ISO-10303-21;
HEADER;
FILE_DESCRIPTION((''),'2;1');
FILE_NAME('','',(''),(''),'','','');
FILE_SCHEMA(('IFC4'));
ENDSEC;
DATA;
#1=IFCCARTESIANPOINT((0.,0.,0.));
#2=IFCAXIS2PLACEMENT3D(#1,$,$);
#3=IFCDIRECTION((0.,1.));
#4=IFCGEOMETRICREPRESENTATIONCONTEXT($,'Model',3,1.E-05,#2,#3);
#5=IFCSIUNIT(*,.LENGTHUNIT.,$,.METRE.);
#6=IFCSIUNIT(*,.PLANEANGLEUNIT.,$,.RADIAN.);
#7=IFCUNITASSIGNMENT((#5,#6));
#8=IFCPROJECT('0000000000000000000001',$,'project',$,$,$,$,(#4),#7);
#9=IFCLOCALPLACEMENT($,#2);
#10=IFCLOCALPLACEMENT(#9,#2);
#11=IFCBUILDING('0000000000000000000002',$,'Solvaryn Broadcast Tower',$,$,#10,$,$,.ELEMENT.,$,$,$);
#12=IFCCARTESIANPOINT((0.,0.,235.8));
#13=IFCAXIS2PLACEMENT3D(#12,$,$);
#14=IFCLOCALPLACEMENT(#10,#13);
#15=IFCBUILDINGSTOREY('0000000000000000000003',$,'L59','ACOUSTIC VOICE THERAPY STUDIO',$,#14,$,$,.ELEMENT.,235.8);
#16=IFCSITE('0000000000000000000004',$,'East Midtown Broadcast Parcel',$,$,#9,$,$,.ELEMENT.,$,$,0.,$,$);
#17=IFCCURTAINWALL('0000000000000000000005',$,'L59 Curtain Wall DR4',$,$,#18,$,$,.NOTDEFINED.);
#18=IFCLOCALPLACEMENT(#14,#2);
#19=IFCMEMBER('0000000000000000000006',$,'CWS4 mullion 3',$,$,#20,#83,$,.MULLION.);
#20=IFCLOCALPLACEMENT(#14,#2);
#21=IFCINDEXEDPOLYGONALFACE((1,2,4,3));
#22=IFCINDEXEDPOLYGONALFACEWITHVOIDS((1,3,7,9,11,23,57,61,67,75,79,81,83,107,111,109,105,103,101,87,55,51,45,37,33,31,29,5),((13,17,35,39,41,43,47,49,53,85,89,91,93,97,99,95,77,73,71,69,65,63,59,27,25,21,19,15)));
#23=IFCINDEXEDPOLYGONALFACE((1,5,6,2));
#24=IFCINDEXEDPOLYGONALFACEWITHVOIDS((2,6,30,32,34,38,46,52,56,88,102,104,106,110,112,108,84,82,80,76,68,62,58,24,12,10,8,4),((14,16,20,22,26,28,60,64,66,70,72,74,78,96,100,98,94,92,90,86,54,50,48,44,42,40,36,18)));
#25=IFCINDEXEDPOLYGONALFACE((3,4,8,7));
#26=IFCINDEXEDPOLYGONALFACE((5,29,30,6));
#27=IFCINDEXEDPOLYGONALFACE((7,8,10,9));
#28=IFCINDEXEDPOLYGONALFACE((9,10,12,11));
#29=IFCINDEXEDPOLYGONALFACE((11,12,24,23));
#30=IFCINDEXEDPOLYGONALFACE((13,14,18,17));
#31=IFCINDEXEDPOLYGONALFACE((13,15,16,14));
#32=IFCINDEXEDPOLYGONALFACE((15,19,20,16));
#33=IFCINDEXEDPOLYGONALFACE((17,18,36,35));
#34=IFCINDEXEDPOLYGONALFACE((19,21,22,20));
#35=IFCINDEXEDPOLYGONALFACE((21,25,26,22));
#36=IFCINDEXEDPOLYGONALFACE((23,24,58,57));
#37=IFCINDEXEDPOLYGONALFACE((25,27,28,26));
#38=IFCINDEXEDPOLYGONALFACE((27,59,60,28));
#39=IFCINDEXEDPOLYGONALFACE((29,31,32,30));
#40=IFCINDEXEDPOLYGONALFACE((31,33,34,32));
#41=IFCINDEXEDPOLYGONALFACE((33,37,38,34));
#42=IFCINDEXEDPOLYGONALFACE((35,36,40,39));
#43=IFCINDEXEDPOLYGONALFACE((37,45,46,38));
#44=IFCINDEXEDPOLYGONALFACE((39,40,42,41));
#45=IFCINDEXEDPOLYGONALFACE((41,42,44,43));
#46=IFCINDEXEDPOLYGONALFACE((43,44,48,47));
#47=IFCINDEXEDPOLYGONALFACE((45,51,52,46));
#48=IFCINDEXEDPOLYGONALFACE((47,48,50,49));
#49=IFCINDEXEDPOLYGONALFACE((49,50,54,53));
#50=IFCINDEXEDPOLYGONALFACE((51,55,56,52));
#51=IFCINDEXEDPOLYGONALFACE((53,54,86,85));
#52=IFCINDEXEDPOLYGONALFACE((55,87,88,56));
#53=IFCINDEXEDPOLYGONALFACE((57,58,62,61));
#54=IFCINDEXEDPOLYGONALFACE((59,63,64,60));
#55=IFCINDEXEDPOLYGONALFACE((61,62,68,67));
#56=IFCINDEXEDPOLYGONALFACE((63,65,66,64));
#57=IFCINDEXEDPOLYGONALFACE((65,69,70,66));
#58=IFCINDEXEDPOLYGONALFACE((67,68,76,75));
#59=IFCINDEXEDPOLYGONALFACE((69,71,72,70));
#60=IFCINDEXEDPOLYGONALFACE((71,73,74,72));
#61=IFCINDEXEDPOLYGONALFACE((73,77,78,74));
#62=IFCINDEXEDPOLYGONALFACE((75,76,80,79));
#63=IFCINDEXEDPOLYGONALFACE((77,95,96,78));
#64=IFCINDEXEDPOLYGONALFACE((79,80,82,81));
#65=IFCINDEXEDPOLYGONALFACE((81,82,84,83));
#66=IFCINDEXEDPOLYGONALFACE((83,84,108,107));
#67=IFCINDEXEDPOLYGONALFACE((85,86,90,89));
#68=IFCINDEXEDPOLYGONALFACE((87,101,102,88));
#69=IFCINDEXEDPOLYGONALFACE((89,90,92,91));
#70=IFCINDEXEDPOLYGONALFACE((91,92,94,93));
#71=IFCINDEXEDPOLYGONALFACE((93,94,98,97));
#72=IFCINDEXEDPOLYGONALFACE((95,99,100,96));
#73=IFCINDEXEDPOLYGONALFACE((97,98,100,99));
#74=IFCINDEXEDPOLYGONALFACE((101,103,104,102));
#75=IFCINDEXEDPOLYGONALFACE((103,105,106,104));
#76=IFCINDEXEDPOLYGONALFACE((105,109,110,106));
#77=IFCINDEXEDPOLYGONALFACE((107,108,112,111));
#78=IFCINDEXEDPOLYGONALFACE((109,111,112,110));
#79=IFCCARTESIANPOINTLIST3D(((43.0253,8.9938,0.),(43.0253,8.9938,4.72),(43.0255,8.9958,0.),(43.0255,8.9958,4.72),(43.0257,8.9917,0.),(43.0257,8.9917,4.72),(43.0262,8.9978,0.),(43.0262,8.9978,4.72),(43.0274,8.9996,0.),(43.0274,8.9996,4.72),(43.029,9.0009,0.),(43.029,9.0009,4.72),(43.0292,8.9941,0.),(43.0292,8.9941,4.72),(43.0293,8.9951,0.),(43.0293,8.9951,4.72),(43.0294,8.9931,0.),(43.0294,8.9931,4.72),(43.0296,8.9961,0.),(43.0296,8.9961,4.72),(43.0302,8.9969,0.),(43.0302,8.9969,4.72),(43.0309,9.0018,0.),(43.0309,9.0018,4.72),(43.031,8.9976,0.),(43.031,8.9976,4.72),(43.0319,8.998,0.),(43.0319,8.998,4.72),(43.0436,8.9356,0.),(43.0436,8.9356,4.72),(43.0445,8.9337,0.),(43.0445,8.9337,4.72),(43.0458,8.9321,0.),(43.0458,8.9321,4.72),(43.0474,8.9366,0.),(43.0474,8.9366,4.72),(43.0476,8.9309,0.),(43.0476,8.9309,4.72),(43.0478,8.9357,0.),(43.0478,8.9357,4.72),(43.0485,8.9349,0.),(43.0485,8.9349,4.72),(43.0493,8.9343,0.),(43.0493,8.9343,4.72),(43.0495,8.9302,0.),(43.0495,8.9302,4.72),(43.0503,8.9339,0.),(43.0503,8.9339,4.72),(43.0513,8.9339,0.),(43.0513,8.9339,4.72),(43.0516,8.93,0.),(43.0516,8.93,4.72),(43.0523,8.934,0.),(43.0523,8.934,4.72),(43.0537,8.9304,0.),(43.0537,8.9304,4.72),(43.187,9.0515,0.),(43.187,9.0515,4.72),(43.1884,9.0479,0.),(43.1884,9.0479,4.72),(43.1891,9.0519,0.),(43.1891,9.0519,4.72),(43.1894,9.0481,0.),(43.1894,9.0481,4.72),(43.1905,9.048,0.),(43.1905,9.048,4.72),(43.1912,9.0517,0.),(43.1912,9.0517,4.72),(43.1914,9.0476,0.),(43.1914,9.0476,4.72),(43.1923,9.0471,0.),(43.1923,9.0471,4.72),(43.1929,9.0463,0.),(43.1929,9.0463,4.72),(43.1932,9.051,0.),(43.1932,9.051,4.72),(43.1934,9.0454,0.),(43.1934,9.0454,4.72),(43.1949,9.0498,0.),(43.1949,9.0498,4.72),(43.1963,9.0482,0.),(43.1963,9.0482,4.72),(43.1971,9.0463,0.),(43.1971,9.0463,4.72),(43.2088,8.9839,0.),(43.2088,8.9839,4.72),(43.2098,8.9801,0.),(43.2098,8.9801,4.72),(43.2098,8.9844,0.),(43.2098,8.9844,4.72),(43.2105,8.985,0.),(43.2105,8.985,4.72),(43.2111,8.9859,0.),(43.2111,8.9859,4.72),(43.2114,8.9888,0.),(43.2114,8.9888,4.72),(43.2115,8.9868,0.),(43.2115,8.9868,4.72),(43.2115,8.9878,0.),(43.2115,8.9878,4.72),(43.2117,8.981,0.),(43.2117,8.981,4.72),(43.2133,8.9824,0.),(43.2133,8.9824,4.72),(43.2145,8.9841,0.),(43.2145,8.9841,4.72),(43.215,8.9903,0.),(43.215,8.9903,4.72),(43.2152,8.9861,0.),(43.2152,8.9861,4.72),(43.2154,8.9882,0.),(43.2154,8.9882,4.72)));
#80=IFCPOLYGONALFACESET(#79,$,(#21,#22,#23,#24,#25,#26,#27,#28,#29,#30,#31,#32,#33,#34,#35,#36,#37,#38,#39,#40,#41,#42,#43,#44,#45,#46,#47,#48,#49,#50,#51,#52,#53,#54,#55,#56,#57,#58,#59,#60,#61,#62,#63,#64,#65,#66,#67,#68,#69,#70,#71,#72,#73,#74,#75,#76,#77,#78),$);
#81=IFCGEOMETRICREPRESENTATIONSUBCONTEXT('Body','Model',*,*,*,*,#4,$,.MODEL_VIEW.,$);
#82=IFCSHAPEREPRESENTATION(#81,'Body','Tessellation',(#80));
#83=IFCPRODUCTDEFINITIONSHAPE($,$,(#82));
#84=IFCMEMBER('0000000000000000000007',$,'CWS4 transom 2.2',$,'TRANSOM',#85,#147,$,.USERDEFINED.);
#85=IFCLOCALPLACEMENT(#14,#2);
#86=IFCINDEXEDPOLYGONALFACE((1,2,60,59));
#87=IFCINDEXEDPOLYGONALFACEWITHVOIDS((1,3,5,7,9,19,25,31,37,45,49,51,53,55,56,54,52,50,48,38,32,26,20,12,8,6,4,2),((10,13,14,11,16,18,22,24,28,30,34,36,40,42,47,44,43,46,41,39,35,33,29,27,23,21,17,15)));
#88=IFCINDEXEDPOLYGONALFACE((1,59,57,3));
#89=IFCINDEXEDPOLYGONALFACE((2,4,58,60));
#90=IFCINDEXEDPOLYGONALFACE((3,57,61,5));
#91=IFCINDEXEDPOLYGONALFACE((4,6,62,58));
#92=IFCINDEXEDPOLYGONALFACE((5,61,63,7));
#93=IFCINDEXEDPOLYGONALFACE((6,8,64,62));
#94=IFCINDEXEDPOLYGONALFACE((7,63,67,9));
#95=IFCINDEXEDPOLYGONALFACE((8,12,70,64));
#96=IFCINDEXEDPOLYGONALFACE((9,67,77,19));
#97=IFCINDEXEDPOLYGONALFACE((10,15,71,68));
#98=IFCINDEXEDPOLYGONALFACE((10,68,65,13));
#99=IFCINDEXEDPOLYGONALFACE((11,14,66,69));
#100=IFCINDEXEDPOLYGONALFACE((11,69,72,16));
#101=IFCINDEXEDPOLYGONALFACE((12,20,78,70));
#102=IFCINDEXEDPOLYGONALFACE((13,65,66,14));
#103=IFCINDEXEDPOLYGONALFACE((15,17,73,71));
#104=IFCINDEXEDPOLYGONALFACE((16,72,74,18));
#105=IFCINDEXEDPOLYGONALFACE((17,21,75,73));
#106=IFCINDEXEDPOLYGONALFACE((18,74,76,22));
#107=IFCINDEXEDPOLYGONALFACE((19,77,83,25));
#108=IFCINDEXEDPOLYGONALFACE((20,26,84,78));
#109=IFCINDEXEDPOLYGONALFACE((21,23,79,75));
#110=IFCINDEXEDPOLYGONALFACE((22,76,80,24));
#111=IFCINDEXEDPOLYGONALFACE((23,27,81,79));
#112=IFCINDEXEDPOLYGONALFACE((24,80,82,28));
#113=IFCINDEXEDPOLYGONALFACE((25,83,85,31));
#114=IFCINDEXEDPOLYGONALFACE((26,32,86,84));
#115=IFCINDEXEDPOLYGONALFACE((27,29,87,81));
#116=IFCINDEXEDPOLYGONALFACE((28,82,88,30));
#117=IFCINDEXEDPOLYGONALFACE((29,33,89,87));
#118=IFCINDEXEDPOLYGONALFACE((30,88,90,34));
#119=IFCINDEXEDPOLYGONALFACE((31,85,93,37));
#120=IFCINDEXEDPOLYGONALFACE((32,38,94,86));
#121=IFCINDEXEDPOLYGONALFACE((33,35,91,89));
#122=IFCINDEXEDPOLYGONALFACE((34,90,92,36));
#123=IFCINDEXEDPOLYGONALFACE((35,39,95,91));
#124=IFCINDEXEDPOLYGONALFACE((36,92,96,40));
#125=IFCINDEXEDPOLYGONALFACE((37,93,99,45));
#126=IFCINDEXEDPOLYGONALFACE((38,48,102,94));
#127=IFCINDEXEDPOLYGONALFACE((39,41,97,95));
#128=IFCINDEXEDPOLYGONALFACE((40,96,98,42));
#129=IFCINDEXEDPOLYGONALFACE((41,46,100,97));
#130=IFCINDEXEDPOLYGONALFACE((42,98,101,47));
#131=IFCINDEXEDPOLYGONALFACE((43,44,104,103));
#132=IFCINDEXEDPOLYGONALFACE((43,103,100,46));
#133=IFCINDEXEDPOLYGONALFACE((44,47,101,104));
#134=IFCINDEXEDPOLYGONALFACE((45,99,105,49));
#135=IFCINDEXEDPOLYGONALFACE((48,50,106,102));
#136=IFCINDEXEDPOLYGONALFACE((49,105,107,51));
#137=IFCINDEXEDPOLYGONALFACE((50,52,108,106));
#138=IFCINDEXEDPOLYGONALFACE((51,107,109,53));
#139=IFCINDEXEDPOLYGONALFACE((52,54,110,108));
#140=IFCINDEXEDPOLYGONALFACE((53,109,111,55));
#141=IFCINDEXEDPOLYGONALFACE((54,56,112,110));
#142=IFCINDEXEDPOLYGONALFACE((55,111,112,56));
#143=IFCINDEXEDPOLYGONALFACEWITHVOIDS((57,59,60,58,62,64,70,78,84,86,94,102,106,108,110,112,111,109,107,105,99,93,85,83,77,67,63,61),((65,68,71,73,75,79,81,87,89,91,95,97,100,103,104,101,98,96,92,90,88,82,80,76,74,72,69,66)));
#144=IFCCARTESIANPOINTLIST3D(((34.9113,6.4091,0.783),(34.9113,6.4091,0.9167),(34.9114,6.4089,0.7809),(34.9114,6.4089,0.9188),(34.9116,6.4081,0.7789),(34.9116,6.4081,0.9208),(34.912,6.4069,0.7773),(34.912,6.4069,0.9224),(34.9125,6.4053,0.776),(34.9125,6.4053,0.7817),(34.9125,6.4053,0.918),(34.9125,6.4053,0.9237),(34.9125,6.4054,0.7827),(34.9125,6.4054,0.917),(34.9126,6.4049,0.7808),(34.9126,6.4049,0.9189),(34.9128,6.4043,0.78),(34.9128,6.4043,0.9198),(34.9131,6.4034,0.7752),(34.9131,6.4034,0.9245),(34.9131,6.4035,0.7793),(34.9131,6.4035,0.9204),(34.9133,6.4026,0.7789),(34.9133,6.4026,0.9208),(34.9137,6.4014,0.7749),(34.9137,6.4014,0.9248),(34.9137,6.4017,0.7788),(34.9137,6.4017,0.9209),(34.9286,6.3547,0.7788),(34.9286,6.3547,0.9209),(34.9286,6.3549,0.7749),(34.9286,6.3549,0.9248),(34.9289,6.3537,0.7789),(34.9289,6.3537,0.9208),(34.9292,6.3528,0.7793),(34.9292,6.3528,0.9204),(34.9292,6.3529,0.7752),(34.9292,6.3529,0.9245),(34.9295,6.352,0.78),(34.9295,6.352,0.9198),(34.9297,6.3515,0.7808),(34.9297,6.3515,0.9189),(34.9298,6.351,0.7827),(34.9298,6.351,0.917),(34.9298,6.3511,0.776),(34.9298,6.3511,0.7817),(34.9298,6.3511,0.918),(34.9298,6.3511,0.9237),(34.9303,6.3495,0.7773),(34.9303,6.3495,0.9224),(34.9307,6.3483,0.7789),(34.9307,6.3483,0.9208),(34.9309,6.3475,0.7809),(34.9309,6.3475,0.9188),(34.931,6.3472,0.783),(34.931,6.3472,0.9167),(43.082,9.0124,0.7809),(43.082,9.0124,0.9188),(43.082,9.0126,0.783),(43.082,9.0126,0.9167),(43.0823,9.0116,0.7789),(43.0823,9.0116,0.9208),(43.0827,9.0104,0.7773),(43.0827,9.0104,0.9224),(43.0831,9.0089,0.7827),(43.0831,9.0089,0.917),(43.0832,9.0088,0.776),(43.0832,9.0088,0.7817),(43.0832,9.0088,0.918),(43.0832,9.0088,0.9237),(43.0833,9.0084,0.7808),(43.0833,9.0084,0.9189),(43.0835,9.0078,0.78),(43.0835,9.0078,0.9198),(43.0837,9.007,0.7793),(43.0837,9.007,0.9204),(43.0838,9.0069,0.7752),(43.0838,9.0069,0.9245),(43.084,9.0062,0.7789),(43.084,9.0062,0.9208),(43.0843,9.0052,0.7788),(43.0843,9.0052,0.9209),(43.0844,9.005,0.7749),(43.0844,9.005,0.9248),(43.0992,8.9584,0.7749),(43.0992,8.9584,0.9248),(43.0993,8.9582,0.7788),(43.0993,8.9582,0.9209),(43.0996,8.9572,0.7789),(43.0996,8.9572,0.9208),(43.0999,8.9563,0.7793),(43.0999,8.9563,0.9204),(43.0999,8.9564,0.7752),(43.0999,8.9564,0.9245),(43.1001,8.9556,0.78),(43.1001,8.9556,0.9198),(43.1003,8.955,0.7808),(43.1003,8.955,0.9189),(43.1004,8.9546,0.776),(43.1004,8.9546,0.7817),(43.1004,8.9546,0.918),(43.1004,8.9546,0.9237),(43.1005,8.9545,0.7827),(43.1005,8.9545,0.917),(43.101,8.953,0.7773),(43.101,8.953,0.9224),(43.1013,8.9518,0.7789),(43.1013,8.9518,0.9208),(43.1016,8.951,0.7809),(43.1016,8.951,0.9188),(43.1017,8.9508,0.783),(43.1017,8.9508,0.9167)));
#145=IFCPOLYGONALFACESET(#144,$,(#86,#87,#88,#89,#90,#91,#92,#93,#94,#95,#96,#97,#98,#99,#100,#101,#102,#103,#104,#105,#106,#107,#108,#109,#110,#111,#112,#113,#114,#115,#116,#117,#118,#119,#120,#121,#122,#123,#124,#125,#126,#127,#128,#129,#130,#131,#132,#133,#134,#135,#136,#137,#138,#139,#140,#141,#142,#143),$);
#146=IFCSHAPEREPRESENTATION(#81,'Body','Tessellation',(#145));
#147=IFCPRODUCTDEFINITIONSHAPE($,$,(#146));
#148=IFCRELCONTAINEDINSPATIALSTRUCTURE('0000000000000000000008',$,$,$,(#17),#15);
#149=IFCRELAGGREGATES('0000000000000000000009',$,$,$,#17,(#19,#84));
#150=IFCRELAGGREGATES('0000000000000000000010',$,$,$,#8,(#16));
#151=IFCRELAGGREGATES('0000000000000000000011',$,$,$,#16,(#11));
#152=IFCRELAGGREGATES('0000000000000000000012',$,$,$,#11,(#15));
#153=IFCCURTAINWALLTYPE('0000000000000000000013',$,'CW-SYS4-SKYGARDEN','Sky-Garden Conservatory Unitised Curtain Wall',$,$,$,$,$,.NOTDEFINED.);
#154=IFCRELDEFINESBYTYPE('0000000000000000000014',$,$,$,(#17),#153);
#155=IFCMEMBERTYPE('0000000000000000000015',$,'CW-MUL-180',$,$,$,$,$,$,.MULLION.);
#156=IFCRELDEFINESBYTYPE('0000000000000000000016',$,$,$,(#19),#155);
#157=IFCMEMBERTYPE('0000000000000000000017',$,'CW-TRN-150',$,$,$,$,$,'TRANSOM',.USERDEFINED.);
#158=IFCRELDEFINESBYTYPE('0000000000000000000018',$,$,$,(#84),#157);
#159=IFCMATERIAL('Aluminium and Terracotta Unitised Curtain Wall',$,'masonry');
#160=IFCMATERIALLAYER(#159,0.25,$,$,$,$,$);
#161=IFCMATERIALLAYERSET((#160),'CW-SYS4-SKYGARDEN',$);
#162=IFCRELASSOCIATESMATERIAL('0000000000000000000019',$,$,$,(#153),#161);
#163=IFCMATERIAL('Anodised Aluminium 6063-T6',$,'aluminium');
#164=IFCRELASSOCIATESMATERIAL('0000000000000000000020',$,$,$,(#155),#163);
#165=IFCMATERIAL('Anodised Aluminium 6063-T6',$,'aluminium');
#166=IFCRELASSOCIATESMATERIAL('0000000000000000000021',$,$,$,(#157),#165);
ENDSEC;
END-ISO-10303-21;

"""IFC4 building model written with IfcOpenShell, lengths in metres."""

from ifc_helpers import new_model, si_unit, direction, frame, origin, origin_2d, place, context, subcontext, project, spatial, hollow_rectangle, extrude, material, layer, layer_set, material_profile, profile_set, type_object, element, aggregate, save


model = new_model("IFC4")

# Units and contexts
model_context = context("Model", 3, precision=1e-05, world=origin(), true_north=direction((0.0, 1.0)))
body_context = subcontext(model_context, "Body", "Model", "MODEL_VIEW")
ifc_project = project(units=[si_unit("LENGTHUNIT", "METRE"), si_unit("PLANEANGLEUNIT", "RADIAN")], contexts=[model_context])

# Site, building, storey
site_placement = place(None, origin())
site = spatial("IfcSite", under=ifc_project, at=site_placement, Name="East Midtown Broadcast Parcel", CompositionType="ELEMENT", RefElevation=0.0)
building_placement = place(site_placement, origin())
building = spatial("IfcBuilding", under=site, at=building_placement, Name="Solvaryn Broadcast Tower", CompositionType="ELEMENT")
storey_placement = place(building_placement, frame((0.0, 0.0, 235.8)))
storey = spatial("IfcBuildingStorey", under=building, at=storey_placement, Name="L59", Description="ACOUSTIC VOICE THERAPY STUDIO", CompositionType="ELEMENT", Elevation=235.8)

# Curtain wall, members
ifc_material_1 = material(Name="Aluminium and Terracotta Unitised Curtain Wall", Category="masonry")
ifc_layer_1 = layer(ifc_material_1, 0.25)
ifc_layer_set_1 = layer_set([ifc_layer_1], Name="CW-SYS4-SKYGARDEN")
curtain_wall_type = type_object("IfcCurtainWallType", Name="CW-SYS4-SKYGARDEN", Description="Sky-Garden Conservatory Unitised Curtain Wall", PredefinedType="NOTDEFINED", material=ifc_layer_set_1)
curtain_wall_placement = place(storey_placement, origin())
curtain_wall = element("IfcCurtainWall", 1, at=curtain_wall_placement, inside=storey, type_object=curtain_wall_type, Name="L59 Curtain Wall DR4", PredefinedType="NOTDEFINED")
ifc_material_2 = material(Name="Anodised Aluminium 6063-T6", Category="aluminium")
ifc_material_profile_1 = material_profile(ifc_material_2, hollow_rectangle(XDim=0.075, YDim=0.1799, WallThickness=0.0039, InnerFilletRadius=0.0039, OuterFilletRadius=0.0081, at=origin_2d()))
ifc_profile_set_1 = profile_set([ifc_material_profile_1], Name="Anodised Aluminium 6063-T6")
member_type_1 = type_object("IfcMemberType", Name="CW-MUL-180", PredefinedType="MULLION", material=ifc_profile_set_1)
member_1_placement = place(storey_placement, frame((43.1204, 8.991, 0.0), z_axis=(0.0, 0.0, 1.0), x_axis=(-0.303616, 0.952795, 0.0)))
member_1 = element("IfcMember", 2, at=member_1_placement, type_object=member_type_1, Name="CWS4 mullion 3", PredefinedType="MULLION", context=body_context, shape_type="SweptSolid", body=[
    extrude(hollow_rectangle(XDim=0.075, YDim=0.1799, WallThickness=0.0039, InnerFilletRadius=0.0039, OuterFilletRadius=0.0081, at=origin_2d()), origin(), (0.0, 0.0, 1.0), 4.72),
])
ifc_material_3 = material(Name="Anodised Aluminium 6063-T6", Category="aluminium")
ifc_material_profile_2 = material_profile(ifc_material_3, hollow_rectangle(XDim=0.0649, YDim=0.1499, WallThickness=0.0039, InnerFilletRadius=0.0039, OuterFilletRadius=0.0081, at=origin_2d()))
ifc_profile_set_2 = profile_set([ifc_material_profile_2], Name="Anodised Aluminium 6063-T6")
member_type_2 = type_object("IfcMemberType", Name="CW-TRN-150", ElementType="TRANSOM", PredefinedType="USERDEFINED", material=ifc_profile_set_2)
member_2_placement = place(storey_placement, frame((34.9211, 6.3782, 0.8499), z_axis=(0.952799, 0.303602, 0.0), x_axis=(-0.303602, 0.952799, 0.0)))
member_2 = element("IfcMember", 3, at=member_2_placement, type_object=member_type_2, Name="CWS4 transom 2.2", ObjectType="TRANSOM", PredefinedType="USERDEFINED", context=body_context, shape_type="SweptSolid", body=[
    extrude(hollow_rectangle(XDim=0.0649, YDim=0.1499, WallThickness=0.0039, InnerFilletRadius=0.0039, OuterFilletRadius=0.0081, at=origin_2d()), origin(), (0.0, 0.0, 1.0), 8.5754),
])
aggregate(curtain_wall, [member_1, member_2])

save(model, "model.ifc")
